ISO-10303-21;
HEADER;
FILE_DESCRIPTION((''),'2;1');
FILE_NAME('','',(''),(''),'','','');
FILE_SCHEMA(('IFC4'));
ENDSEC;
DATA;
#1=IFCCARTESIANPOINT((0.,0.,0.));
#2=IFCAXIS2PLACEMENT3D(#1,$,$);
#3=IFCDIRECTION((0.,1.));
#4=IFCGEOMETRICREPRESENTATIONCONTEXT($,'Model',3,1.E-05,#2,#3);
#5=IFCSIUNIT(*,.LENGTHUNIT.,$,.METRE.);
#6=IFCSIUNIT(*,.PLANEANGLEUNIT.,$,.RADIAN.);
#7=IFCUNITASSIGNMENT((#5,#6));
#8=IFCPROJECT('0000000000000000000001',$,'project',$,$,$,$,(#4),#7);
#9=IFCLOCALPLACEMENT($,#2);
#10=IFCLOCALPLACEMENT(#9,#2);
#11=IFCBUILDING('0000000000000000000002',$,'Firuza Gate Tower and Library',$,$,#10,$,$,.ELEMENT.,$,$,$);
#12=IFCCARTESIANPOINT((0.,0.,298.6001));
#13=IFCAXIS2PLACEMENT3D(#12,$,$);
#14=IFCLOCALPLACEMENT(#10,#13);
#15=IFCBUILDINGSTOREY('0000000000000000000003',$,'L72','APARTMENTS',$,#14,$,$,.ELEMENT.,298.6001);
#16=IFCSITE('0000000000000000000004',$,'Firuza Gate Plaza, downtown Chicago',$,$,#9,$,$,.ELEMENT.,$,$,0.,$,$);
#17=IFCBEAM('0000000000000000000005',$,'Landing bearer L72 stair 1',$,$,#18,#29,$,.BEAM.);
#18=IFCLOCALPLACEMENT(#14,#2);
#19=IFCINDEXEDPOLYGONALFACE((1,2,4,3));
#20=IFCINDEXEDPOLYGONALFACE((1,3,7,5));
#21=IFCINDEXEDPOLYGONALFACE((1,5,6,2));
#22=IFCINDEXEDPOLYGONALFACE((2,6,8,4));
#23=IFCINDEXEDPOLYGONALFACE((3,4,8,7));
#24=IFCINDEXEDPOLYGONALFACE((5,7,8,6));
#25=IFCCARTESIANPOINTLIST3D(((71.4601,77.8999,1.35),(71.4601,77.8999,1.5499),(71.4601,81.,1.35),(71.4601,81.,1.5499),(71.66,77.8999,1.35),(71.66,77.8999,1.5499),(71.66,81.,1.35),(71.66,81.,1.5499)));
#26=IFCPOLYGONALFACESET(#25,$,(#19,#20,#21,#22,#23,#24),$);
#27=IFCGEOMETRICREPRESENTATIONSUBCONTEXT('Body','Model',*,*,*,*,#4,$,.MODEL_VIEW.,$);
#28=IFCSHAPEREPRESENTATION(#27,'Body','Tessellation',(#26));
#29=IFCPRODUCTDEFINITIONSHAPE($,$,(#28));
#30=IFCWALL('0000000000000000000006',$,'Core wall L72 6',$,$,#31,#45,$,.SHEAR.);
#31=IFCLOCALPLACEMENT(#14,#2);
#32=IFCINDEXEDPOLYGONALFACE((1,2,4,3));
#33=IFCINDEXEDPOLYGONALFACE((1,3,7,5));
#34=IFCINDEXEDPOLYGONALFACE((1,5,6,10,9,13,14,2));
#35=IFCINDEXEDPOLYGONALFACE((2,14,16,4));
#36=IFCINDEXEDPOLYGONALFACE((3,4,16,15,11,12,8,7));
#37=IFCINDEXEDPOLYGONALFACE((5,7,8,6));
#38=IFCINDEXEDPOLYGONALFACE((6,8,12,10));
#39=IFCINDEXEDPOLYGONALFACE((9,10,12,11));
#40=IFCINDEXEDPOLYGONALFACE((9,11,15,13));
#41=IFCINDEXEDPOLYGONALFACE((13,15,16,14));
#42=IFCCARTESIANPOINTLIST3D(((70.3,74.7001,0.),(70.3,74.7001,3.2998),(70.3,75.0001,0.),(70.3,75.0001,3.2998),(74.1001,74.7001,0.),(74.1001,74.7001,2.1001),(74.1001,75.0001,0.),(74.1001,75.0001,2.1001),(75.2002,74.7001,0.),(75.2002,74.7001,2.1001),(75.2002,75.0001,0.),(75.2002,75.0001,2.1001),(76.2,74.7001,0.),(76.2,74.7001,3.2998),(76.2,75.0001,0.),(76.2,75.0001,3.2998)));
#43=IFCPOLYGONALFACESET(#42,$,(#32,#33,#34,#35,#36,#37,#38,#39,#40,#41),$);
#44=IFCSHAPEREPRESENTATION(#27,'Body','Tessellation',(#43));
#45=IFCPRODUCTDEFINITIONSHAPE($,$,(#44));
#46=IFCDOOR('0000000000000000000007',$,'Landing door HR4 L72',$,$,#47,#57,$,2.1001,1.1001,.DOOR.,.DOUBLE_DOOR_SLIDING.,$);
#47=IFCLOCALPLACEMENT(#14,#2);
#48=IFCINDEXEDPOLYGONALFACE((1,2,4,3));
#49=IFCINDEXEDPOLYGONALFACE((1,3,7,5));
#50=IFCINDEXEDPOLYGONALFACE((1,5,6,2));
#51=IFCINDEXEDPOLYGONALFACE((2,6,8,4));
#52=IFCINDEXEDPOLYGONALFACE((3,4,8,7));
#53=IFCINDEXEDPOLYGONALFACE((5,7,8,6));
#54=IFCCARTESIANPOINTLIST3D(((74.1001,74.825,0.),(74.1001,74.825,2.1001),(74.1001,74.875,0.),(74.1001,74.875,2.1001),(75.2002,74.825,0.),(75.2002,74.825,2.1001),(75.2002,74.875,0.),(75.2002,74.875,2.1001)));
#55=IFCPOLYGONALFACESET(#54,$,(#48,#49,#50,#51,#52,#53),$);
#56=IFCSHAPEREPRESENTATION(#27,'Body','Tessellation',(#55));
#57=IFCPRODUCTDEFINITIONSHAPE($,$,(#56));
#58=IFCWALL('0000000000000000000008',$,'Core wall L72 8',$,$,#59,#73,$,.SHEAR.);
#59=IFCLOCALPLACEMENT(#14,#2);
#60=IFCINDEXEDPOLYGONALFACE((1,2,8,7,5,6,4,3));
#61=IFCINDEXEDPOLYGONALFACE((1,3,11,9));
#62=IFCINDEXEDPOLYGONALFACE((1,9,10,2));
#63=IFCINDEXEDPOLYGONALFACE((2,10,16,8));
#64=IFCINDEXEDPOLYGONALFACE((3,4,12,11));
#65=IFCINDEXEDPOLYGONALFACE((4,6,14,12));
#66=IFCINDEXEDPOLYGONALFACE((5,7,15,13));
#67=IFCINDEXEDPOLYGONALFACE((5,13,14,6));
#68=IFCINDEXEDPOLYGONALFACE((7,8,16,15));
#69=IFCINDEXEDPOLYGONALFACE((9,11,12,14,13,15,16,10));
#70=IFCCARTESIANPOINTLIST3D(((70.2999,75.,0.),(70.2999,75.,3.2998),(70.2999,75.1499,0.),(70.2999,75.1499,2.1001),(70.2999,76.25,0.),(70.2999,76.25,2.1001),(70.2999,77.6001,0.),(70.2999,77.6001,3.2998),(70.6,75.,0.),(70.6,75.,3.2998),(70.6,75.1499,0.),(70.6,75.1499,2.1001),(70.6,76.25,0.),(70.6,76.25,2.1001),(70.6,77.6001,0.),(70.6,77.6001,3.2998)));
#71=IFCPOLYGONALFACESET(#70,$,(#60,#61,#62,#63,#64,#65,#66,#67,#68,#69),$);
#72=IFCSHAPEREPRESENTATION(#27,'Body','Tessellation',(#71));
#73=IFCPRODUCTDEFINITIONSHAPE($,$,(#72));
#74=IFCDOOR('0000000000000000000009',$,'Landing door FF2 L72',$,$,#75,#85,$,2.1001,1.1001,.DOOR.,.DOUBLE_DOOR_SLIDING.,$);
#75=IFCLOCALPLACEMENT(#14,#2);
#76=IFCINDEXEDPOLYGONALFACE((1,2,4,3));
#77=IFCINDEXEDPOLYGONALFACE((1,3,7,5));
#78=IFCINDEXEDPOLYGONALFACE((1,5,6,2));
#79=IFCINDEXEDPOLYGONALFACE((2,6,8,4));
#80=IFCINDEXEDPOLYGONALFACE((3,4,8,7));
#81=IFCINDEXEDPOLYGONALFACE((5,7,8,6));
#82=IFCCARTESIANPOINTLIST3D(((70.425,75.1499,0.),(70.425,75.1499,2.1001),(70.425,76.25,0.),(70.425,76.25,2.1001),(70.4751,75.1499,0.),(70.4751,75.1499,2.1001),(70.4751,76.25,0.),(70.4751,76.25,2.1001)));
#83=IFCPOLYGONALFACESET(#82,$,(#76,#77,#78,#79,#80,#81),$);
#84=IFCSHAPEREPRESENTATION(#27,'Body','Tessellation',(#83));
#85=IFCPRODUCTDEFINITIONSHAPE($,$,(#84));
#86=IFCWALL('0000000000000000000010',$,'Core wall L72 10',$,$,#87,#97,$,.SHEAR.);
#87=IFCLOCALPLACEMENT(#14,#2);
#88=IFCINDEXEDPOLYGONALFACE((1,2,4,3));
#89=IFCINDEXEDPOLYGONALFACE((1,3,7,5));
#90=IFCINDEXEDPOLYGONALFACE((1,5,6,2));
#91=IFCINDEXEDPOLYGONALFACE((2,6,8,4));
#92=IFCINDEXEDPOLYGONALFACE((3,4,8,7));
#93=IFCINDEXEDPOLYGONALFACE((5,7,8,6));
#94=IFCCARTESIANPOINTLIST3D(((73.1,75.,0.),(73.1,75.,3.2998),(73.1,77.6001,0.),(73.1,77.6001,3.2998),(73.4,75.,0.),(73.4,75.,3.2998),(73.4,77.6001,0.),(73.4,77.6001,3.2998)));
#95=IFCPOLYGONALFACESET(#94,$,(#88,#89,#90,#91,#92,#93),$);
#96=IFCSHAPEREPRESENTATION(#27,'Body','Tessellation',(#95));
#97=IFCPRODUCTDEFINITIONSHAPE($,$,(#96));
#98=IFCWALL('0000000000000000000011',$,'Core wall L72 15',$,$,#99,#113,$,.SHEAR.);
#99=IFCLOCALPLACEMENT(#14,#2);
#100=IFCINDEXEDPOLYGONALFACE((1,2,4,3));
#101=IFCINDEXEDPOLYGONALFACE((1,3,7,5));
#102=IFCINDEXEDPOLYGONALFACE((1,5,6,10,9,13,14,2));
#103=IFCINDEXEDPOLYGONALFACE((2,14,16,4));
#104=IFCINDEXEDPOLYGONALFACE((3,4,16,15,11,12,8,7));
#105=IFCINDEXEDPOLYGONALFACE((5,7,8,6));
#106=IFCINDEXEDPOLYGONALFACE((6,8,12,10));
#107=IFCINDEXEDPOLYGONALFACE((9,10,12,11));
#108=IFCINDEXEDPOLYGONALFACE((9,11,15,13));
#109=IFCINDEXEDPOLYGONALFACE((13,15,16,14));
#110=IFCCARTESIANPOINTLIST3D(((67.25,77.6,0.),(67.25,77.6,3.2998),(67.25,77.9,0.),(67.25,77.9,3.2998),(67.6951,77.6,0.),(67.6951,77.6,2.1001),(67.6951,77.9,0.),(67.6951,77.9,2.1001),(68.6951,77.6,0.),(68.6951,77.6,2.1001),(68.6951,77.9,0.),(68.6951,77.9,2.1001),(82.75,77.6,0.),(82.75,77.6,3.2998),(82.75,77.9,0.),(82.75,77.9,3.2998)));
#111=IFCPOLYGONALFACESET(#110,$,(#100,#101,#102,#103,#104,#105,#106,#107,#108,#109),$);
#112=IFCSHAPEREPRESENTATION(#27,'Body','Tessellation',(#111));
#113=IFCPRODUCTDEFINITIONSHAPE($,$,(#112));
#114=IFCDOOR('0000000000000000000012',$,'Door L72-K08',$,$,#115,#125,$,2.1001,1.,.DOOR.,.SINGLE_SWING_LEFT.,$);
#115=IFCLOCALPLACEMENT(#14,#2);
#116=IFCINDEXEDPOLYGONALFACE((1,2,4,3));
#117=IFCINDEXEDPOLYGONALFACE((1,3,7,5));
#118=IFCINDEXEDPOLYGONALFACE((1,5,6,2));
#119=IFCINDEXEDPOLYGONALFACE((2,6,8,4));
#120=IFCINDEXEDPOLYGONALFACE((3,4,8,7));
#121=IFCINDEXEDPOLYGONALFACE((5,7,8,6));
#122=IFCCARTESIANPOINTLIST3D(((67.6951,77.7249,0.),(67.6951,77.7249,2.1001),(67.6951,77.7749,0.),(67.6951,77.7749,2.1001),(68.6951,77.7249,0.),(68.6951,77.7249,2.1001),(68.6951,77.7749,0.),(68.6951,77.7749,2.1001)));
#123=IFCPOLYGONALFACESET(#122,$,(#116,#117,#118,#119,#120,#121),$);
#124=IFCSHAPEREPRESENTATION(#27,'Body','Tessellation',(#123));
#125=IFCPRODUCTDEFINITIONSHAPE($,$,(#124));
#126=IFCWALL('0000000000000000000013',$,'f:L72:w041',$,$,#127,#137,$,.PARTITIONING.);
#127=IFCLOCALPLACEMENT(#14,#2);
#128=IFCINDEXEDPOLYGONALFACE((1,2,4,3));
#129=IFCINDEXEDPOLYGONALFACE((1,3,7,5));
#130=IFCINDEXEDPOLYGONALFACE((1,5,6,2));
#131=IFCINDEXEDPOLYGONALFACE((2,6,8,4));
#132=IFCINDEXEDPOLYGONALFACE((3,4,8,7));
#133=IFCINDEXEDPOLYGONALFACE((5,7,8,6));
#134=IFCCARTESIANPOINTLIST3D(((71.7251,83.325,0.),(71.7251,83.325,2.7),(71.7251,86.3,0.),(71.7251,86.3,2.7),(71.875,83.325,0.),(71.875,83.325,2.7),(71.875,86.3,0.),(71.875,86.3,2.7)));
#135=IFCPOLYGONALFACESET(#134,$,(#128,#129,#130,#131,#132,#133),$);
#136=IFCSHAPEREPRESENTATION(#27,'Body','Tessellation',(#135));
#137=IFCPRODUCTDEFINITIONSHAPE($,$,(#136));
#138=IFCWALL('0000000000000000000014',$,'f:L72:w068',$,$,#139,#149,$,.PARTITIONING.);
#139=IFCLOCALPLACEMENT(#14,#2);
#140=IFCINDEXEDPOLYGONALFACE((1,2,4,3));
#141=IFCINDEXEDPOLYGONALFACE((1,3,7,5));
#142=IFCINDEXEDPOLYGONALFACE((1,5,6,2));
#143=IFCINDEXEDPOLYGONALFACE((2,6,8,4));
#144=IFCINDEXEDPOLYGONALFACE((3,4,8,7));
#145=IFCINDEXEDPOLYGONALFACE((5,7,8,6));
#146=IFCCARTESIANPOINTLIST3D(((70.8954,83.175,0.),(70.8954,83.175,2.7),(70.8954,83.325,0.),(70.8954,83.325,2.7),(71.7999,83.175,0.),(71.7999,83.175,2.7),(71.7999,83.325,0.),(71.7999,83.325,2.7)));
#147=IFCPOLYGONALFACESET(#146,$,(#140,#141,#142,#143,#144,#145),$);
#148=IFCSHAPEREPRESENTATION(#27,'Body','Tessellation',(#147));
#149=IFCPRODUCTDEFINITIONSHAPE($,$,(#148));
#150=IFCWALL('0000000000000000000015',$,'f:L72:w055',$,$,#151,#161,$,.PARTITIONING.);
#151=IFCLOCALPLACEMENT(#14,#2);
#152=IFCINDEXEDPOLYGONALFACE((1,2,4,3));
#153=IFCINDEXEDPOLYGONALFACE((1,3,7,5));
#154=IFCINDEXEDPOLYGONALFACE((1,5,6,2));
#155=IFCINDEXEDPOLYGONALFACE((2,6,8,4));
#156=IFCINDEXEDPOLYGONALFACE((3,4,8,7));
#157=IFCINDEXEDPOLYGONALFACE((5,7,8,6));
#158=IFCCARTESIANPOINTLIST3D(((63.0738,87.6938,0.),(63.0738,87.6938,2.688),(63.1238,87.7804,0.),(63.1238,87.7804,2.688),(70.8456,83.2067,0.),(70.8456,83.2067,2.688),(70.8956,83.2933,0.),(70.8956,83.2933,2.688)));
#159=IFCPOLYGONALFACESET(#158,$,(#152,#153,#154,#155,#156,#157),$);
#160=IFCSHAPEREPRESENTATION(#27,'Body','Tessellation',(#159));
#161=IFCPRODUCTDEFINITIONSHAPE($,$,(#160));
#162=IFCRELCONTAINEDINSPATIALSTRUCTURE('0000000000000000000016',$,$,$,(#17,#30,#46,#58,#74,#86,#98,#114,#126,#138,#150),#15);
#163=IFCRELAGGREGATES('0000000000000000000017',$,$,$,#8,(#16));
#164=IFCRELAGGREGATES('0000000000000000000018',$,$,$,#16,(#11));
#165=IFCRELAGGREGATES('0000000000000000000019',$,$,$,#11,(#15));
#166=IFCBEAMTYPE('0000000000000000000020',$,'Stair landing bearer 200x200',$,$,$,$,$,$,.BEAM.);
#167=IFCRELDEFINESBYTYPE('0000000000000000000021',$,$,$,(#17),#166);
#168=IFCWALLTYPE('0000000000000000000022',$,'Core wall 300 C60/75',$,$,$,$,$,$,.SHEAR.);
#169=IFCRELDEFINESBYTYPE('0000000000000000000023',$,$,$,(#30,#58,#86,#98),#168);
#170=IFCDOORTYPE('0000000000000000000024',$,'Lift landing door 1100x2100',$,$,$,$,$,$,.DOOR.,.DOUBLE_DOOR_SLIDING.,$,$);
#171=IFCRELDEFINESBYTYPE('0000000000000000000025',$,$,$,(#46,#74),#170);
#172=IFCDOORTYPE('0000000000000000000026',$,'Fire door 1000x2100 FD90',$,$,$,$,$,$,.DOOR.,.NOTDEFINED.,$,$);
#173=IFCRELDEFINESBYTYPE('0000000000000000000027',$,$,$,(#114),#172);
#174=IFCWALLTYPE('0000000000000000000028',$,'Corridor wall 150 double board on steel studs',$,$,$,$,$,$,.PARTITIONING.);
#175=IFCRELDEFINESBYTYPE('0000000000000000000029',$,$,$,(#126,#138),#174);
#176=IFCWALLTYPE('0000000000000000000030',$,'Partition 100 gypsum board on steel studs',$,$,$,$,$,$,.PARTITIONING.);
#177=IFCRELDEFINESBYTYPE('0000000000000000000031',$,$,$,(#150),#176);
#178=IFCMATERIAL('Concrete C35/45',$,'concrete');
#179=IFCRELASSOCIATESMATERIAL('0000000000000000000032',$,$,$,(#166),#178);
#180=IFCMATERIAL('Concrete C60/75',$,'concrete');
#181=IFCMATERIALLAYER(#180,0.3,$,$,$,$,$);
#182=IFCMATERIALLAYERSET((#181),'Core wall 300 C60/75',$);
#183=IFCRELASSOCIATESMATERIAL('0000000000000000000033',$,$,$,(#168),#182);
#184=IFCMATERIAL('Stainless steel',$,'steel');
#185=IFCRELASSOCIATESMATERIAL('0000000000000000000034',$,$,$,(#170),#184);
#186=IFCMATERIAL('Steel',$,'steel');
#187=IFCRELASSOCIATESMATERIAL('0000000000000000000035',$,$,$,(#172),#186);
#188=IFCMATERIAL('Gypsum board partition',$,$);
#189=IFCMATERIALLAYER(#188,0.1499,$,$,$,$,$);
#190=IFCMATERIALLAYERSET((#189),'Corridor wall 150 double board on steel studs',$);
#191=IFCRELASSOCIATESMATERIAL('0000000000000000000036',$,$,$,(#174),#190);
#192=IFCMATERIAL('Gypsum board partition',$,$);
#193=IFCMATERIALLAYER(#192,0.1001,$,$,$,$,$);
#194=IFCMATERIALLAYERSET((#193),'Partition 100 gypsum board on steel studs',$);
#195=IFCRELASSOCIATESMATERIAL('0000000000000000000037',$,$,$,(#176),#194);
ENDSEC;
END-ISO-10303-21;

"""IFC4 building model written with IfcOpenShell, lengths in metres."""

from ifc_helpers import new_model, si_unit, direction, frame, frame_2d, origin, origin_2d, place, context, subcontext, project, spatial, rectangle, extrude, material, layer, layer_set, material_profile, profile_set, type_object, element, fill, save


model = new_model("IFC4")

# Units and contexts
model_context = context("Model", 3, precision=1e-05, world=origin(), true_north=direction((0.0, 1.0)))
body_context = subcontext(model_context, "Body", "Model", "MODEL_VIEW")
ifc_project = project(units=[si_unit("LENGTHUNIT", "METRE"), si_unit("PLANEANGLEUNIT", "RADIAN")], contexts=[model_context])

# Site, building, storey
site_placement = place(None, origin())
site = spatial("IfcSite", under=ifc_project, at=site_placement, Name="Firuza Gate Plaza, downtown Chicago", CompositionType="ELEMENT", RefElevation=0.0)
building_placement = place(site_placement, origin())
building = spatial("IfcBuilding", under=site, at=building_placement, Name="Firuza Gate Tower and Library", CompositionType="ELEMENT")
storey_placement = place(building_placement, frame((0.0, 0.0, 298.6001)))
storey = spatial("IfcBuildingStorey", under=building, at=storey_placement, Name="L72", Description="APARTMENTS", CompositionType="ELEMENT", Elevation=298.6001)

# Beam
ifc_material_1 = material(Name="Concrete C35/45", Category="concrete")
ifc_material_profile = material_profile(ifc_material_1, rectangle(XDim=0.2, YDim=0.2, at=origin_2d()))
ifc_profile_set = profile_set([ifc_material_profile], Name="Concrete C35/45")
beam_type = type_object("IfcBeamType", Name="Stair landing bearer 200x200", PredefinedType="BEAM", material=ifc_profile_set)
beam_placement = place(storey_placement, frame((71.5601, 77.8999, 1.45), z_axis=(0.0, 1.0, 0.0), x_axis=(-1.0, 0.0, 0.0)))
element("IfcBeam", 1, at=beam_placement, inside=storey, type_object=beam_type, Name="Landing bearer L72 stair 1", PredefinedType="BEAM", context=body_context, shape_type="SweptSolid", body=[
    extrude(rectangle(XDim=0.2, YDim=0.2, at=origin_2d()), origin(), (0.0, 0.0, 1.0), 3.1001),
])

# Walls, openings, doors
ifc_material_2 = material(Name="Concrete C60/75", Category="concrete")
ifc_layer_1 = layer(ifc_material_2, 0.3)
ifc_layer_set_1 = layer_set([ifc_layer_1], Name="Core wall 300 C60/75")
wall_type_1 = type_object("IfcWallType", Name="Core wall 300 C60/75", PredefinedType="SHEAR", material=ifc_layer_set_1)
wall_1_placement = place(storey_placement, frame((70.3, 74.8501, 0.0), z_axis=(0.0, 0.0, 1.0), x_axis=(1.0, 0.0, 0.0)))
wall_1 = element("IfcWall", 2, at=wall_1_placement, inside=storey, type_object=wall_type_1, Name="Core wall L72 6", PredefinedType="SHEAR", context=body_context, shape_type="SweptSolid", body=[
    extrude(rectangle(XDim=5.8999, YDim=0.3, at=frame_2d((2.95, 0.0))), origin(), (0.0, 0.0, 1.0), 3.2998),
])
opening_1_placement = place(wall_1_placement, frame((3.8, 0.0, 0.0)))
opening_1 = element("IfcOpeningElement", 3, at=opening_1_placement, cuts=wall_1, PredefinedType="OPENING", context=body_context, shape_type="SweptSolid", body=[
    extrude(rectangle(XDim=1.1001, YDim=2.1001, at=frame_2d((0.55, 1.05))), frame((0.0, 0.1602, 0.0), z_axis=(0.0, -1.0, 0.0), x_axis=(1.0, 0.0, 0.0)), (0.0, 0.0, 1.0), 0.3201),
])
ifc_material_3 = material(Name="Stainless steel", Category="steel")
door_type_1 = type_object("IfcDoorType", Name="Lift landing door 1100x2100", OperationType="DOUBLE_DOOR_SLIDING", PredefinedType="DOOR", material=ifc_material_3)
door_1_placement = place(opening_1_placement, origin())
door_1 = element("IfcDoor", 4, at=door_1_placement, inside=storey, type_object=door_type_1, Name="Landing door HR4 L72", OperationType="DOUBLE_DOOR_SLIDING", OverallHeight=2.1001, OverallWidth=1.1001, PredefinedType="DOOR", context=body_context, shape_type="SweptSolid", body=[
    extrude(rectangle(XDim=1.1001, YDim=2.1001, at=frame_2d((0.55, 1.05))), frame((0.0, 0.0249, 0.0), z_axis=(0.0, -1.0, 0.0), x_axis=(1.0, 0.0, 0.0)), (0.0, 0.0, 1.0), 0.05),
])
fill(opening_1, door_1)
wall_2_placement = place(storey_placement, frame((70.45, 75.0, 0.0), z_axis=(0.0, 0.0, 1.0), x_axis=(0.0, 1.0, 0.0)))
wall_2 = element("IfcWall", 5, at=wall_2_placement, inside=storey, type_object=wall_type_1, Name="Core wall L72 8", PredefinedType="SHEAR", context=body_context, shape_type="SweptSolid", body=[
    extrude(rectangle(XDim=2.6001, YDim=0.3, at=frame_2d((1.3, 0.0))), origin(), (0.0, 0.0, 1.0), 3.2998),
])
opening_2_placement = place(wall_2_placement, frame((0.1499, 0.0, 0.0)))
opening_2 = element("IfcOpeningElement", 6, at=opening_2_placement, cuts=wall_2, PredefinedType="OPENING", context=body_context, shape_type="SweptSolid", body=[
    extrude(rectangle(XDim=1.1001, YDim=2.1001, at=frame_2d((0.55, 1.05))), frame((0.0, 0.1602, 0.0), z_axis=(0.0, -1.0, 0.0), x_axis=(1.0, 0.0, 0.0)), (0.0, 0.0, 1.0), 0.3201),
])
door_2_placement = place(opening_2_placement, origin())
door_2 = element("IfcDoor", 7, at=door_2_placement, inside=storey, type_object=door_type_1, Name="Landing door FF2 L72", OperationType="DOUBLE_DOOR_SLIDING", OverallHeight=2.1001, OverallWidth=1.1001, PredefinedType="DOOR", context=body_context, shape_type="SweptSolid", body=[
    extrude(rectangle(XDim=1.1001, YDim=2.1001, at=frame_2d((0.55, 1.05))), frame((0.0, 0.0249, 0.0), z_axis=(0.0, -1.0, 0.0), x_axis=(1.0, 0.0, 0.0)), (0.0, 0.0, 1.0), 0.05),
])
fill(opening_2, door_2)

# Wall
wall_3_placement = place(storey_placement, frame((73.25, 75.0, 0.0), z_axis=(0.0, 0.0, 1.0), x_axis=(0.0, 1.0, 0.0)))
element("IfcWall", 8, at=wall_3_placement, inside=storey, type_object=wall_type_1, Name="Core wall L72 10", PredefinedType="SHEAR", context=body_context, shape_type="SweptSolid", body=[
    extrude(rectangle(XDim=2.6001, YDim=0.3, at=frame_2d((1.3, 0.0))), origin(), (0.0, 0.0, 1.0), 3.2998),
])

# Wall, opening, door
wall_4_placement = place(storey_placement, frame((67.25, 77.75, 0.0), z_axis=(0.0, 0.0, 1.0), x_axis=(1.0, 0.0, 0.0)))
wall_4 = element("IfcWall", 9, at=wall_4_placement, inside=storey, type_object=wall_type_1, Name="Core wall L72 15", PredefinedType="SHEAR", context=body_context, shape_type="SweptSolid", body=[
    extrude(rectangle(XDim=15.5, YDim=0.3, at=frame_2d((7.75, 0.0))), origin(), (0.0, 0.0, 1.0), 3.2998),
])
opening_3_placement = place(wall_4_placement, frame((0.4451, 0.0, 0.0)))
opening_3 = element("IfcOpeningElement", 10, at=opening_3_placement, cuts=wall_4, PredefinedType="OPENING", context=body_context, shape_type="SweptSolid", body=[
    extrude(rectangle(XDim=1.0, YDim=2.1001, at=frame_2d((0.5, 1.05))), frame((0.0, 0.1602, 0.0), z_axis=(0.0, -1.0, 0.0), x_axis=(1.0, 0.0, 0.0)), (0.0, 0.0, 1.0), 0.3201),
])
ifc_material_4 = material(Name="Steel", Category="steel")
door_type_2 = type_object("IfcDoorType", Name="Fire door 1000x2100 FD90", OperationType="NOTDEFINED", PredefinedType="DOOR", material=ifc_material_4)
door_3_placement = place(opening_3_placement, origin())
door_3 = element("IfcDoor", 11, at=door_3_placement, inside=storey, type_object=door_type_2, Name="Door L72-K08", OperationType="SINGLE_SWING_LEFT", OverallHeight=2.1001, OverallWidth=1.0, PredefinedType="DOOR", context=body_context, shape_type="SweptSolid", body=[
    extrude(rectangle(XDim=1.0, YDim=2.1001, at=frame_2d((0.5, 1.05))), frame((0.0, 0.0249, 0.0), z_axis=(0.0, -1.0, 0.0), x_axis=(1.0, 0.0, 0.0)), (0.0, 0.0, 1.0), 0.05),
])
fill(opening_3, door_3)

# Walls
ifc_material_5 = material(Name="Gypsum board partition")
ifc_layer_2 = layer(ifc_material_5, 0.1499)
ifc_layer_set_2 = layer_set([ifc_layer_2], Name="Corridor wall 150 double board on steel studs")
wall_type_2 = type_object("IfcWallType", Name="Corridor wall 150 double board on steel studs", PredefinedType="PARTITIONING", material=ifc_layer_set_2)
wall_5_placement = place(storey_placement, frame((71.8, 83.325, 0.0), z_axis=(0.0, 0.0, 1.0), x_axis=(0.0, 1.0, 0.0)))
element("IfcWall", 12, at=wall_5_placement, inside=storey, type_object=wall_type_2, Name="f:L72:w041", PredefinedType="PARTITIONING", context=body_context, shape_type="SweptSolid", body=[
    extrude(rectangle(XDim=2.9751, YDim=0.1499, at=frame_2d((1.4875, 0.0))), origin(), (0.0, 0.0, 1.0), 2.7),
])
wall_6_placement = place(storey_placement, frame((70.8955, 83.25, 0.0), z_axis=(0.0, 0.0, 1.0), x_axis=(1.0, 0.0, 0.0)))
element("IfcWall", 13, at=wall_6_placement, inside=storey, type_object=wall_type_2, Name="f:L72:w068", PredefinedType="PARTITIONING", context=body_context, shape_type="SweptSolid", body=[
    extrude(rectangle(XDim=0.9045, YDim=0.1499, at=frame_2d((0.4521, 0.0))), origin(), (0.0, 0.0, 1.0), 2.7),
])
ifc_material_6 = material(Name="Gypsum board partition")
ifc_layer_3 = layer(ifc_material_6, 0.1001)
ifc_layer_set_3 = layer_set([ifc_layer_3], Name="Partition 100 gypsum board on steel studs")
wall_type_3 = type_object("IfcWallType", Name="Partition 100 gypsum board on steel studs", PredefinedType="PARTITIONING", material=ifc_layer_set_3)
wall_7_placement = place(storey_placement, frame((70.8706, 83.25, 0.0), z_axis=(0.0, 0.0, 1.0), x_axis=(-0.866023, 0.500004, 0.0)))
element("IfcWall", 14, at=wall_7_placement, inside=storey, type_object=wall_type_3, Name="f:L72:w055", PredefinedType="PARTITIONING", context=body_context, shape_type="SweptSolid", body=[
    extrude(rectangle(XDim=8.9741, YDim=0.1001, at=frame_2d((4.4871, 0.0))), origin(), (0.0, 0.0, 1.0), 2.688),
])

save(model, "model.ifc")
